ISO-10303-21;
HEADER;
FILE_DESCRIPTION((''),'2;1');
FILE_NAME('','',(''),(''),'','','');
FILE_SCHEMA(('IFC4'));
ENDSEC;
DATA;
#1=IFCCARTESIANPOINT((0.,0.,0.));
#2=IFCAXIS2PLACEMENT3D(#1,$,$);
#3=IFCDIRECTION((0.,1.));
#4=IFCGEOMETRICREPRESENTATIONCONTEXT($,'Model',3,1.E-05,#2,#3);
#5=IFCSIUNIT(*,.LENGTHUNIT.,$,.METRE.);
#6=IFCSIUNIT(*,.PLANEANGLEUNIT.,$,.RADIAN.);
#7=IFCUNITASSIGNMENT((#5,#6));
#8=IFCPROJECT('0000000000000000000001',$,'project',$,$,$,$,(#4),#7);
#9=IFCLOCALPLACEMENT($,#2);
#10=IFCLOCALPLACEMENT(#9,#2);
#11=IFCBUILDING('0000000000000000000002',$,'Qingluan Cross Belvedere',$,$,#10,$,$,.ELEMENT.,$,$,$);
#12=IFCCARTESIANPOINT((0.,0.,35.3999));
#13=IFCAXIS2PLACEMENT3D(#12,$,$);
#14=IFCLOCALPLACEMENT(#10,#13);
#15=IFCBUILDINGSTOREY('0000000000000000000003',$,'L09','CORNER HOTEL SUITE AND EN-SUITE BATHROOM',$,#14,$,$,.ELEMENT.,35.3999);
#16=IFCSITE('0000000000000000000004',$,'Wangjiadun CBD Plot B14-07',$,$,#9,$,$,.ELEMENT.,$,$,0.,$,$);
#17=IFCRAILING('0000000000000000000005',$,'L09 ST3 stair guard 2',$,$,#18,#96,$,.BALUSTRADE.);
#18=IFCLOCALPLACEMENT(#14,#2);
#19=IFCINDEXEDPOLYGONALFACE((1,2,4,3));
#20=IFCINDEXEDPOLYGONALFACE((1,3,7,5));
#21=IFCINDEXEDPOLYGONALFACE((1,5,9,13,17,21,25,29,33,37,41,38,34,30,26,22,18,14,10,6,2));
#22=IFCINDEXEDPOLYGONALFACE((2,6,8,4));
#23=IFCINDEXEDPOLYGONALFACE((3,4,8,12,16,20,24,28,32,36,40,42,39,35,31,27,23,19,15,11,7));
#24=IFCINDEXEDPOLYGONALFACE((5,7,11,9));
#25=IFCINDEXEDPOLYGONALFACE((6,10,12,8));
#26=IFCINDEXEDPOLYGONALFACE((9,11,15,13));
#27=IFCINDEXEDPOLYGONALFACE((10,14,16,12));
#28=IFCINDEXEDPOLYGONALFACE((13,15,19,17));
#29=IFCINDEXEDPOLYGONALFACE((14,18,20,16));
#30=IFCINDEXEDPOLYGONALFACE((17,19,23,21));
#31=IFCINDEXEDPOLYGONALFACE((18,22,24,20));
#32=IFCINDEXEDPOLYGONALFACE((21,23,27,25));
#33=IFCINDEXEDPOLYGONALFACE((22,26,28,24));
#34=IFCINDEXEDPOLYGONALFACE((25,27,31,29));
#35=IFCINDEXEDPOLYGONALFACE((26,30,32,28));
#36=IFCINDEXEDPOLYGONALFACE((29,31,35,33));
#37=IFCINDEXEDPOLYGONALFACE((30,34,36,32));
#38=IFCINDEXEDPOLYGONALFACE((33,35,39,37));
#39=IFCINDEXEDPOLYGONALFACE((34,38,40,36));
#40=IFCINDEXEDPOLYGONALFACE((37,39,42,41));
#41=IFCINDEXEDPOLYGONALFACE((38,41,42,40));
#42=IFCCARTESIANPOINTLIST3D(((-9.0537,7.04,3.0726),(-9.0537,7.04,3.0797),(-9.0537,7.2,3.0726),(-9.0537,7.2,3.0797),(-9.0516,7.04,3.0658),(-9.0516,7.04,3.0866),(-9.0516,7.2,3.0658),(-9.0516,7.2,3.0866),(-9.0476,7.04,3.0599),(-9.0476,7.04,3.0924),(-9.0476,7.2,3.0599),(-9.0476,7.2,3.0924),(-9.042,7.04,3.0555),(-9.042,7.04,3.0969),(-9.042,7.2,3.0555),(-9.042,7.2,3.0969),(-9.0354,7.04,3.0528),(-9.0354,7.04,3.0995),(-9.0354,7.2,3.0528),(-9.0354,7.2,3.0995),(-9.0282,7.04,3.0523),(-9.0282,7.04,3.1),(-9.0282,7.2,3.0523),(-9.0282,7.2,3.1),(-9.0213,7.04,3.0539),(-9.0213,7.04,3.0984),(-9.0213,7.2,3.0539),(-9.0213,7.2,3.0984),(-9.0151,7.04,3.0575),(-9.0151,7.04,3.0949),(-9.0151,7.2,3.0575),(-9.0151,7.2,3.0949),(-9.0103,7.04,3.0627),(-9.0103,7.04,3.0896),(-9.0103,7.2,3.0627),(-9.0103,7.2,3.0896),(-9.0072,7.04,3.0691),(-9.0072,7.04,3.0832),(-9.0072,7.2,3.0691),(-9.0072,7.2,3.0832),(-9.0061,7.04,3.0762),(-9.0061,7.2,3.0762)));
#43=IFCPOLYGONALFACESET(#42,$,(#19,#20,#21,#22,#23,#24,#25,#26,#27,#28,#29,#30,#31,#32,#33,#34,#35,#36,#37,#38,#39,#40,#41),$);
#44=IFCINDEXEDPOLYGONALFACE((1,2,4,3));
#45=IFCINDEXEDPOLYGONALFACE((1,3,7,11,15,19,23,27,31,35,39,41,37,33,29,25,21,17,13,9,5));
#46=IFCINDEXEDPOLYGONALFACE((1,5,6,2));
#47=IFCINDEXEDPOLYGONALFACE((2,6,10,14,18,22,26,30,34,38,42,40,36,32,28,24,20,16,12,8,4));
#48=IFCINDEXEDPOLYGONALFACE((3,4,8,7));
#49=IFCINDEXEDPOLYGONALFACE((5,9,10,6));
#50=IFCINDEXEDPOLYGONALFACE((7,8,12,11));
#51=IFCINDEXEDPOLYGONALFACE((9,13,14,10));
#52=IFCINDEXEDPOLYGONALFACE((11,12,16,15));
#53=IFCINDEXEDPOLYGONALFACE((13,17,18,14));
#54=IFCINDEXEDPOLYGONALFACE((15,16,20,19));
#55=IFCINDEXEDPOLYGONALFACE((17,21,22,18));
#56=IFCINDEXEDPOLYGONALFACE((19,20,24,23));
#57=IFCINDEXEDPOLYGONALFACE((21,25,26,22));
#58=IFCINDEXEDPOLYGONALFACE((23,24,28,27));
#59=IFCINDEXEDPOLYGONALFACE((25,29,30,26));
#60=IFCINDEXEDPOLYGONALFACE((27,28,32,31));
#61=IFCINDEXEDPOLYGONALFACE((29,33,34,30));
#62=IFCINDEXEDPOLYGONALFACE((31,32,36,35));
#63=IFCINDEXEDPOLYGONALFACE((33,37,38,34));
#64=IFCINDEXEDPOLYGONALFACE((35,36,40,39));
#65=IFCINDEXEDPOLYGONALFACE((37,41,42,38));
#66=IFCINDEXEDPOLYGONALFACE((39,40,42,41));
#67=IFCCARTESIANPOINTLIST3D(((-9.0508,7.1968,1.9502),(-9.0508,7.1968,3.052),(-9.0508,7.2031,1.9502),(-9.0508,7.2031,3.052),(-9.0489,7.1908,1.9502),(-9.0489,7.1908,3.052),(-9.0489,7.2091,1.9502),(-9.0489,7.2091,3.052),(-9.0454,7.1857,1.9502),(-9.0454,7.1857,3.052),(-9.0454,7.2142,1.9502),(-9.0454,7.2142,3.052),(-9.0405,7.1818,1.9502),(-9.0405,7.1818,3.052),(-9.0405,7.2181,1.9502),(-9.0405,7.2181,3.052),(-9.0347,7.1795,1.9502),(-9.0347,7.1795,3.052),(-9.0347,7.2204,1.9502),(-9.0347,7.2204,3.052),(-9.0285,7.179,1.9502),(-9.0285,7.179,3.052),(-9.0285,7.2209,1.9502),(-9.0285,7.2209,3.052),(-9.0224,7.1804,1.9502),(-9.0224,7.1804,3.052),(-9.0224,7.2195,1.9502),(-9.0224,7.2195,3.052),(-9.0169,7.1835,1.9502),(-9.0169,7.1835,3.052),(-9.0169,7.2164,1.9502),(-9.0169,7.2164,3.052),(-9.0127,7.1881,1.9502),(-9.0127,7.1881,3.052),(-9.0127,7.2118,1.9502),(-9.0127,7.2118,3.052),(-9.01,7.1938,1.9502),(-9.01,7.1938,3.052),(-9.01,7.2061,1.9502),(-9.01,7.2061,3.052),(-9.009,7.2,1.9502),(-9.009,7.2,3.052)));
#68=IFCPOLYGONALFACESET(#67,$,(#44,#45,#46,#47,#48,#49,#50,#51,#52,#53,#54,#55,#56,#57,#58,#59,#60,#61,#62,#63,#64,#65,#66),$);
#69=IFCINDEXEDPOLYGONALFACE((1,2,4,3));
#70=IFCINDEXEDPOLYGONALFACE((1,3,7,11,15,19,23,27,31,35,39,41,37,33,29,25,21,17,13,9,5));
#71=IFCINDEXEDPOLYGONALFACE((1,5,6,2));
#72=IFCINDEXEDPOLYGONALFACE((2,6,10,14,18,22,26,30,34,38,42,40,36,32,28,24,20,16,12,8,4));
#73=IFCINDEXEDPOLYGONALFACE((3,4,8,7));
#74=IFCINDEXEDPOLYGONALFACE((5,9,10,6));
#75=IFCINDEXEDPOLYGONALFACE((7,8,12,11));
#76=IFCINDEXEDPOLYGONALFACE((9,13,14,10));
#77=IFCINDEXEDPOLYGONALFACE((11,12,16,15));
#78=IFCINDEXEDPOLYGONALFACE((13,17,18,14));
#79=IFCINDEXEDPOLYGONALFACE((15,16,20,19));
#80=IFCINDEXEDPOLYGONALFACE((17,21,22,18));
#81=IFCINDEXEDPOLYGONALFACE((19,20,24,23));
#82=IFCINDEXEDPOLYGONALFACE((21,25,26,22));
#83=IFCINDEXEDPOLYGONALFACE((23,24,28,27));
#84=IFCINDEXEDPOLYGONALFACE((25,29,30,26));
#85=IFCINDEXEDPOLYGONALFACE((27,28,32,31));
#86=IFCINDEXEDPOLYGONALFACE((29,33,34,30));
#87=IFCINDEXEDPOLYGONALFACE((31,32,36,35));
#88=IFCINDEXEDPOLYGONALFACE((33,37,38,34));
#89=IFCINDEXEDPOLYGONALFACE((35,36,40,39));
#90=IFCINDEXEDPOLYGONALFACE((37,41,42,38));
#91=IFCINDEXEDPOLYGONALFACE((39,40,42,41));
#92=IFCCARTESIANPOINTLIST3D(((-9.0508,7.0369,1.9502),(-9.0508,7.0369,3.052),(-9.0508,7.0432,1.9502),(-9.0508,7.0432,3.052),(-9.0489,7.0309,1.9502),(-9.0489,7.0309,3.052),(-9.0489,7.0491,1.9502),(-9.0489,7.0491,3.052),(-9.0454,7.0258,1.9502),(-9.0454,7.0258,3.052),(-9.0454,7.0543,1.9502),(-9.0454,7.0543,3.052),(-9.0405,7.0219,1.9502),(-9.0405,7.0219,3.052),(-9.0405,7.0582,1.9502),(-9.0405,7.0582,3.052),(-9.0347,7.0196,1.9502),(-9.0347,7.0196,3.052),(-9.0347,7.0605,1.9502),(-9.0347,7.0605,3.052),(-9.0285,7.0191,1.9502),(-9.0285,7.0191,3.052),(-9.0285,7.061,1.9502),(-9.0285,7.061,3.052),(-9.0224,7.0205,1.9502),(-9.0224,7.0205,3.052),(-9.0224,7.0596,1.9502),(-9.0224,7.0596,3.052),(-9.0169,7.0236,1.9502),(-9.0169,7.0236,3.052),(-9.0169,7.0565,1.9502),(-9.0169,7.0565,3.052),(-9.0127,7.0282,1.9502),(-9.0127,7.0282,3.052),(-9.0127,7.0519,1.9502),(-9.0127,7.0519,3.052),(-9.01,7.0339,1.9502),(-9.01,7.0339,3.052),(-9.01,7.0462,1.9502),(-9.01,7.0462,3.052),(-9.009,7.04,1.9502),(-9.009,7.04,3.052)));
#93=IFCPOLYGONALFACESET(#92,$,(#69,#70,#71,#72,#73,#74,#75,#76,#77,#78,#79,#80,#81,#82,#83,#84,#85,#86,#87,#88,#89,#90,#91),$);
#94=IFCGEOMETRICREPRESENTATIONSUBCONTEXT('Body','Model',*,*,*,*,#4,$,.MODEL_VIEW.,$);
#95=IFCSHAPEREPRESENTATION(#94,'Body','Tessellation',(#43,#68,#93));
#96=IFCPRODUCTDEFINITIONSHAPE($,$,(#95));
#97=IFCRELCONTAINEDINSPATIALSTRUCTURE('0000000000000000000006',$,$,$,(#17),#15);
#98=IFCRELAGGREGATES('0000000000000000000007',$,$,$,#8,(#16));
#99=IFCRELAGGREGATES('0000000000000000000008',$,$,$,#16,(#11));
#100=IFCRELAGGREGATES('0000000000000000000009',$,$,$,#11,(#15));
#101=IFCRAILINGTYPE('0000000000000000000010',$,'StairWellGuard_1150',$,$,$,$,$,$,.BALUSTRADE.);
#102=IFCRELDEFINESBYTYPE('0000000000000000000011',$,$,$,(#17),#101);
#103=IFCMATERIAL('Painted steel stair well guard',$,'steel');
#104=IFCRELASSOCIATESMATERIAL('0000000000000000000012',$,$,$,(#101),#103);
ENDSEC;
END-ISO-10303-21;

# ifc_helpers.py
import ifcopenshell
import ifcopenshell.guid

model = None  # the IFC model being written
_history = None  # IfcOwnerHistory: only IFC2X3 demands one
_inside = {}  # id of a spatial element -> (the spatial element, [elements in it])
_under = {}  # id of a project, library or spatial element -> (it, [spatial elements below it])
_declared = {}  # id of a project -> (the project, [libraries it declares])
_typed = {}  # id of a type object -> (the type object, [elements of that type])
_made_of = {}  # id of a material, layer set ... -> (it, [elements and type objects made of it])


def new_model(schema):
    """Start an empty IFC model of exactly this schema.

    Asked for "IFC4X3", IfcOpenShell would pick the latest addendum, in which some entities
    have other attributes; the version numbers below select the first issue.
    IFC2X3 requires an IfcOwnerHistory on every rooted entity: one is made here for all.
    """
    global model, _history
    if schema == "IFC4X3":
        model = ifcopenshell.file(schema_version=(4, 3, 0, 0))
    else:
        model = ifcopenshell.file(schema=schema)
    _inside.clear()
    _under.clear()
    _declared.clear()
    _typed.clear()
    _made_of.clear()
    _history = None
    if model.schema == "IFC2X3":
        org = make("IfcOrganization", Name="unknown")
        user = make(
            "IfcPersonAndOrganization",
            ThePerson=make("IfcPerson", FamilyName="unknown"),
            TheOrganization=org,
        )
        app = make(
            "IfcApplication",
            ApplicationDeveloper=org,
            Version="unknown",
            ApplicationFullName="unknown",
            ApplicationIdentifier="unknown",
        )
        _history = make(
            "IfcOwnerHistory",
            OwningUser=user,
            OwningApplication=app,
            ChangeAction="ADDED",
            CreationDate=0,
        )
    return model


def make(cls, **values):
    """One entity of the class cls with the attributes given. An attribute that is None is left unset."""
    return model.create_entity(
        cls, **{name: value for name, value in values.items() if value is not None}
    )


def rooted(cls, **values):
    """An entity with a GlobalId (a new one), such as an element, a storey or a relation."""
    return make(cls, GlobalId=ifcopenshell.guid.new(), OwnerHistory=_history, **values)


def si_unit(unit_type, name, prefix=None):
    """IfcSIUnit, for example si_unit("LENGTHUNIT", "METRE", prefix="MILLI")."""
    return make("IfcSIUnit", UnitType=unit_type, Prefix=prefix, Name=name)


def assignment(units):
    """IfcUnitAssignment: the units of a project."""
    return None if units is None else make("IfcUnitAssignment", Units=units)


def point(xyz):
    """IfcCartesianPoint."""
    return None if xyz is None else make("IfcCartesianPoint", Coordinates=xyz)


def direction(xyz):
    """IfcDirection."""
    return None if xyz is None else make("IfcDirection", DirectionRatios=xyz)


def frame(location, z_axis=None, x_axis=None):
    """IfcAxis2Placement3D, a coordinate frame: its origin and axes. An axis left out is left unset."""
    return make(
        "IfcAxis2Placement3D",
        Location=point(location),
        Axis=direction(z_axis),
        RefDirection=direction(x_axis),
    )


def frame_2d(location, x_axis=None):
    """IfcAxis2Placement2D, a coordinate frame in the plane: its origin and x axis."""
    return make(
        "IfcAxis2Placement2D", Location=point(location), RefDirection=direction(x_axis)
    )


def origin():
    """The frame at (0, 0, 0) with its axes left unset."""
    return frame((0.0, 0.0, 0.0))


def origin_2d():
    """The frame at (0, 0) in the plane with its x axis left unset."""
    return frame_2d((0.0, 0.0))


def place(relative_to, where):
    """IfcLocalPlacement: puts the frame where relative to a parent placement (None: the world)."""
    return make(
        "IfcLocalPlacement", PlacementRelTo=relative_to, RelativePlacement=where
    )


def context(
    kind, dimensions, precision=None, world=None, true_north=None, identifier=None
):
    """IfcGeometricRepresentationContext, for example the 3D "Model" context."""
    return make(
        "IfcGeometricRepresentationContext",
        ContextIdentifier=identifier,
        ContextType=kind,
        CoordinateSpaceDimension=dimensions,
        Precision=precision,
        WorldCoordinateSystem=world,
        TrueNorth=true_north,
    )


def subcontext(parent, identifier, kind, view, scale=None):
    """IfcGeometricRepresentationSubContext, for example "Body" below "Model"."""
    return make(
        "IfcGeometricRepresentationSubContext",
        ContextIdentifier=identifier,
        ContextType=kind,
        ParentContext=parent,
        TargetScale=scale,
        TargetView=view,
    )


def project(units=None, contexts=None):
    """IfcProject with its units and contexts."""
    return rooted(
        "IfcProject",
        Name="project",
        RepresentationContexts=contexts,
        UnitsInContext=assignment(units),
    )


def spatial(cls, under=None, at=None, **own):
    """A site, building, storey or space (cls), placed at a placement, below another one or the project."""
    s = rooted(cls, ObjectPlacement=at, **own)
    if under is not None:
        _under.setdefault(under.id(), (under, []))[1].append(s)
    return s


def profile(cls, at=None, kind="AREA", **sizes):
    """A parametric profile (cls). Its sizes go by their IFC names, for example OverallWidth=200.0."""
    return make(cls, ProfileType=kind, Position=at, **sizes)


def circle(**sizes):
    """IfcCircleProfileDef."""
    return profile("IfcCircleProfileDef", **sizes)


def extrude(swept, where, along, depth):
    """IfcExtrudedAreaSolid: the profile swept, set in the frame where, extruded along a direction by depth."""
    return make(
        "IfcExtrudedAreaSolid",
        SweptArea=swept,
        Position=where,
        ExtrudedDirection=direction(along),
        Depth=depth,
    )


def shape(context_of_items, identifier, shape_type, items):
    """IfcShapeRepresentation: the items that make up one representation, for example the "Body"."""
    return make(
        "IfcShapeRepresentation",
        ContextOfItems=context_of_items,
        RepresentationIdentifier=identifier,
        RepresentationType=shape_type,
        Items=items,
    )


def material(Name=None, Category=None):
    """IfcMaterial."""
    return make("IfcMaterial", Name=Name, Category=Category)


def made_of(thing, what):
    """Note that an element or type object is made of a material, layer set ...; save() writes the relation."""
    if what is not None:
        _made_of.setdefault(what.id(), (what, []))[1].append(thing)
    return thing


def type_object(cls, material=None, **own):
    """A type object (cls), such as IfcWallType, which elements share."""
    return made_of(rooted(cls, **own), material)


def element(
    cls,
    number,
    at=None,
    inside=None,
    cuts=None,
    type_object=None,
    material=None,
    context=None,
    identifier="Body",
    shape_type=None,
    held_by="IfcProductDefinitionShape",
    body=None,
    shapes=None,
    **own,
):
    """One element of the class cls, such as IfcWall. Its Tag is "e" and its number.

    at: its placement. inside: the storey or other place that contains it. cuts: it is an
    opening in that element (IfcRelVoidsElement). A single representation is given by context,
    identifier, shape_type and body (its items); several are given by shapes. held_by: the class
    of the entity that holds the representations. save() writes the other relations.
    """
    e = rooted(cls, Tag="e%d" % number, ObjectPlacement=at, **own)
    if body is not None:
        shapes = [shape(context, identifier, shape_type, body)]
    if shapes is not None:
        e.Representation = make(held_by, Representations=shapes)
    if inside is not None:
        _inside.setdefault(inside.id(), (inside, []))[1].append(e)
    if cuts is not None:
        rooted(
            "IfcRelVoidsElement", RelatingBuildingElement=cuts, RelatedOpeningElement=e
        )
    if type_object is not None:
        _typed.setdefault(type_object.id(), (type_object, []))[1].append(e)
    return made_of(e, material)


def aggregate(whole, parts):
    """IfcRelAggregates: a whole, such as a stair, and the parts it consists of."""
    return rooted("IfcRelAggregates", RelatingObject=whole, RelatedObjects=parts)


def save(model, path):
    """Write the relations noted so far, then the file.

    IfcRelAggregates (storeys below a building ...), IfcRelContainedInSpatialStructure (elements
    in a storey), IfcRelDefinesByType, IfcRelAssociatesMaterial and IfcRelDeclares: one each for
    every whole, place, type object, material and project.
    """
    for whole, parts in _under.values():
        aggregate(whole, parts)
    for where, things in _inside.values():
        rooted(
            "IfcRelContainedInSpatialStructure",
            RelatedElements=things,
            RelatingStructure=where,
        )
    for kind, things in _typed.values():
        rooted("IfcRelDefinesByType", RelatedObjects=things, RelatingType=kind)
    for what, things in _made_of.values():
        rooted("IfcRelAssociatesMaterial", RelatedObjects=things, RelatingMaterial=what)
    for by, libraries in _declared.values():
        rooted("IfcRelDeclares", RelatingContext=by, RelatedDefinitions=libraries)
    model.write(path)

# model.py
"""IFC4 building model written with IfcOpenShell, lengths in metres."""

from ifc_helpers import new_model, si_unit, direction, frame, origin, origin_2d, place, context, subcontext, project, spatial, circle, extrude, material, type_object, element, save


model = new_model("IFC4")

# Units and contexts
model_context = context("Model", 3, precision=1e-05, world=origin(), true_north=direction((0.0, 1.0)))
body_context = subcontext(model_context, "Body", "Model", "MODEL_VIEW")
ifc_project = project(units=[si_unit("LENGTHUNIT", "METRE"), si_unit("PLANEANGLEUNIT", "RADIAN")], contexts=[model_context])

# Site, building, storey
site_placement = place(None, origin())
site = spatial("IfcSite", under=ifc_project, at=site_placement, Name="Wangjiadun CBD Plot B14-07", CompositionType="ELEMENT", RefElevation=0.0)
building_placement = place(site_placement, origin())
building = spatial("IfcBuilding", under=site, at=building_placement, Name="Qingluan Cross Belvedere", CompositionType="ELEMENT")
storey_placement = place(building_placement, frame((0.0, 0.0, 35.3999)))
storey = spatial("IfcBuildingStorey", under=building, at=storey_placement, Name="L09", Description="CORNER HOTEL SUITE AND EN-SUITE BATHROOM", CompositionType="ELEMENT", Elevation=35.3999)

# Railing
ifc_material_1 = material(Name="Painted steel stair well guard", Category="steel")
railing_type_1 = type_object("IfcRailingType", Name="StairWellGuard_1150", PredefinedType="BALUSTRADE", material=ifc_material_1)
railing_1_placement = place(storey_placement, frame((-9.03, 7.2, 1.9502)))
element("IfcRailing", 1, at=railing_1_placement, inside=storey, type_object=railing_type_1, Name="L09 ST3 stair guard 2", PredefinedType="BALUSTRADE", context=body_context, shape_type="SweptSolid", body=[
    extrude(circle(Radius=0.0239, at=origin_2d()), frame((0.0, 0.0, 1.126), z_axis=(0.0, -1.0, 0.0), x_axis=(1.0, 0.0, 0.0)), (0.0, 0.0, 1.0), 0.1599),
    extrude(circle(Radius=0.021, at=origin_2d()), origin(), (0.0, 0.0, 1.0), 1.1018),
    extrude(circle(Radius=0.021, at=origin_2d()), frame((0.0, -0.1599, 0.0)), (0.0, 0.0, 1.0), 1.1018),
])

save(model, "model.ifc")
